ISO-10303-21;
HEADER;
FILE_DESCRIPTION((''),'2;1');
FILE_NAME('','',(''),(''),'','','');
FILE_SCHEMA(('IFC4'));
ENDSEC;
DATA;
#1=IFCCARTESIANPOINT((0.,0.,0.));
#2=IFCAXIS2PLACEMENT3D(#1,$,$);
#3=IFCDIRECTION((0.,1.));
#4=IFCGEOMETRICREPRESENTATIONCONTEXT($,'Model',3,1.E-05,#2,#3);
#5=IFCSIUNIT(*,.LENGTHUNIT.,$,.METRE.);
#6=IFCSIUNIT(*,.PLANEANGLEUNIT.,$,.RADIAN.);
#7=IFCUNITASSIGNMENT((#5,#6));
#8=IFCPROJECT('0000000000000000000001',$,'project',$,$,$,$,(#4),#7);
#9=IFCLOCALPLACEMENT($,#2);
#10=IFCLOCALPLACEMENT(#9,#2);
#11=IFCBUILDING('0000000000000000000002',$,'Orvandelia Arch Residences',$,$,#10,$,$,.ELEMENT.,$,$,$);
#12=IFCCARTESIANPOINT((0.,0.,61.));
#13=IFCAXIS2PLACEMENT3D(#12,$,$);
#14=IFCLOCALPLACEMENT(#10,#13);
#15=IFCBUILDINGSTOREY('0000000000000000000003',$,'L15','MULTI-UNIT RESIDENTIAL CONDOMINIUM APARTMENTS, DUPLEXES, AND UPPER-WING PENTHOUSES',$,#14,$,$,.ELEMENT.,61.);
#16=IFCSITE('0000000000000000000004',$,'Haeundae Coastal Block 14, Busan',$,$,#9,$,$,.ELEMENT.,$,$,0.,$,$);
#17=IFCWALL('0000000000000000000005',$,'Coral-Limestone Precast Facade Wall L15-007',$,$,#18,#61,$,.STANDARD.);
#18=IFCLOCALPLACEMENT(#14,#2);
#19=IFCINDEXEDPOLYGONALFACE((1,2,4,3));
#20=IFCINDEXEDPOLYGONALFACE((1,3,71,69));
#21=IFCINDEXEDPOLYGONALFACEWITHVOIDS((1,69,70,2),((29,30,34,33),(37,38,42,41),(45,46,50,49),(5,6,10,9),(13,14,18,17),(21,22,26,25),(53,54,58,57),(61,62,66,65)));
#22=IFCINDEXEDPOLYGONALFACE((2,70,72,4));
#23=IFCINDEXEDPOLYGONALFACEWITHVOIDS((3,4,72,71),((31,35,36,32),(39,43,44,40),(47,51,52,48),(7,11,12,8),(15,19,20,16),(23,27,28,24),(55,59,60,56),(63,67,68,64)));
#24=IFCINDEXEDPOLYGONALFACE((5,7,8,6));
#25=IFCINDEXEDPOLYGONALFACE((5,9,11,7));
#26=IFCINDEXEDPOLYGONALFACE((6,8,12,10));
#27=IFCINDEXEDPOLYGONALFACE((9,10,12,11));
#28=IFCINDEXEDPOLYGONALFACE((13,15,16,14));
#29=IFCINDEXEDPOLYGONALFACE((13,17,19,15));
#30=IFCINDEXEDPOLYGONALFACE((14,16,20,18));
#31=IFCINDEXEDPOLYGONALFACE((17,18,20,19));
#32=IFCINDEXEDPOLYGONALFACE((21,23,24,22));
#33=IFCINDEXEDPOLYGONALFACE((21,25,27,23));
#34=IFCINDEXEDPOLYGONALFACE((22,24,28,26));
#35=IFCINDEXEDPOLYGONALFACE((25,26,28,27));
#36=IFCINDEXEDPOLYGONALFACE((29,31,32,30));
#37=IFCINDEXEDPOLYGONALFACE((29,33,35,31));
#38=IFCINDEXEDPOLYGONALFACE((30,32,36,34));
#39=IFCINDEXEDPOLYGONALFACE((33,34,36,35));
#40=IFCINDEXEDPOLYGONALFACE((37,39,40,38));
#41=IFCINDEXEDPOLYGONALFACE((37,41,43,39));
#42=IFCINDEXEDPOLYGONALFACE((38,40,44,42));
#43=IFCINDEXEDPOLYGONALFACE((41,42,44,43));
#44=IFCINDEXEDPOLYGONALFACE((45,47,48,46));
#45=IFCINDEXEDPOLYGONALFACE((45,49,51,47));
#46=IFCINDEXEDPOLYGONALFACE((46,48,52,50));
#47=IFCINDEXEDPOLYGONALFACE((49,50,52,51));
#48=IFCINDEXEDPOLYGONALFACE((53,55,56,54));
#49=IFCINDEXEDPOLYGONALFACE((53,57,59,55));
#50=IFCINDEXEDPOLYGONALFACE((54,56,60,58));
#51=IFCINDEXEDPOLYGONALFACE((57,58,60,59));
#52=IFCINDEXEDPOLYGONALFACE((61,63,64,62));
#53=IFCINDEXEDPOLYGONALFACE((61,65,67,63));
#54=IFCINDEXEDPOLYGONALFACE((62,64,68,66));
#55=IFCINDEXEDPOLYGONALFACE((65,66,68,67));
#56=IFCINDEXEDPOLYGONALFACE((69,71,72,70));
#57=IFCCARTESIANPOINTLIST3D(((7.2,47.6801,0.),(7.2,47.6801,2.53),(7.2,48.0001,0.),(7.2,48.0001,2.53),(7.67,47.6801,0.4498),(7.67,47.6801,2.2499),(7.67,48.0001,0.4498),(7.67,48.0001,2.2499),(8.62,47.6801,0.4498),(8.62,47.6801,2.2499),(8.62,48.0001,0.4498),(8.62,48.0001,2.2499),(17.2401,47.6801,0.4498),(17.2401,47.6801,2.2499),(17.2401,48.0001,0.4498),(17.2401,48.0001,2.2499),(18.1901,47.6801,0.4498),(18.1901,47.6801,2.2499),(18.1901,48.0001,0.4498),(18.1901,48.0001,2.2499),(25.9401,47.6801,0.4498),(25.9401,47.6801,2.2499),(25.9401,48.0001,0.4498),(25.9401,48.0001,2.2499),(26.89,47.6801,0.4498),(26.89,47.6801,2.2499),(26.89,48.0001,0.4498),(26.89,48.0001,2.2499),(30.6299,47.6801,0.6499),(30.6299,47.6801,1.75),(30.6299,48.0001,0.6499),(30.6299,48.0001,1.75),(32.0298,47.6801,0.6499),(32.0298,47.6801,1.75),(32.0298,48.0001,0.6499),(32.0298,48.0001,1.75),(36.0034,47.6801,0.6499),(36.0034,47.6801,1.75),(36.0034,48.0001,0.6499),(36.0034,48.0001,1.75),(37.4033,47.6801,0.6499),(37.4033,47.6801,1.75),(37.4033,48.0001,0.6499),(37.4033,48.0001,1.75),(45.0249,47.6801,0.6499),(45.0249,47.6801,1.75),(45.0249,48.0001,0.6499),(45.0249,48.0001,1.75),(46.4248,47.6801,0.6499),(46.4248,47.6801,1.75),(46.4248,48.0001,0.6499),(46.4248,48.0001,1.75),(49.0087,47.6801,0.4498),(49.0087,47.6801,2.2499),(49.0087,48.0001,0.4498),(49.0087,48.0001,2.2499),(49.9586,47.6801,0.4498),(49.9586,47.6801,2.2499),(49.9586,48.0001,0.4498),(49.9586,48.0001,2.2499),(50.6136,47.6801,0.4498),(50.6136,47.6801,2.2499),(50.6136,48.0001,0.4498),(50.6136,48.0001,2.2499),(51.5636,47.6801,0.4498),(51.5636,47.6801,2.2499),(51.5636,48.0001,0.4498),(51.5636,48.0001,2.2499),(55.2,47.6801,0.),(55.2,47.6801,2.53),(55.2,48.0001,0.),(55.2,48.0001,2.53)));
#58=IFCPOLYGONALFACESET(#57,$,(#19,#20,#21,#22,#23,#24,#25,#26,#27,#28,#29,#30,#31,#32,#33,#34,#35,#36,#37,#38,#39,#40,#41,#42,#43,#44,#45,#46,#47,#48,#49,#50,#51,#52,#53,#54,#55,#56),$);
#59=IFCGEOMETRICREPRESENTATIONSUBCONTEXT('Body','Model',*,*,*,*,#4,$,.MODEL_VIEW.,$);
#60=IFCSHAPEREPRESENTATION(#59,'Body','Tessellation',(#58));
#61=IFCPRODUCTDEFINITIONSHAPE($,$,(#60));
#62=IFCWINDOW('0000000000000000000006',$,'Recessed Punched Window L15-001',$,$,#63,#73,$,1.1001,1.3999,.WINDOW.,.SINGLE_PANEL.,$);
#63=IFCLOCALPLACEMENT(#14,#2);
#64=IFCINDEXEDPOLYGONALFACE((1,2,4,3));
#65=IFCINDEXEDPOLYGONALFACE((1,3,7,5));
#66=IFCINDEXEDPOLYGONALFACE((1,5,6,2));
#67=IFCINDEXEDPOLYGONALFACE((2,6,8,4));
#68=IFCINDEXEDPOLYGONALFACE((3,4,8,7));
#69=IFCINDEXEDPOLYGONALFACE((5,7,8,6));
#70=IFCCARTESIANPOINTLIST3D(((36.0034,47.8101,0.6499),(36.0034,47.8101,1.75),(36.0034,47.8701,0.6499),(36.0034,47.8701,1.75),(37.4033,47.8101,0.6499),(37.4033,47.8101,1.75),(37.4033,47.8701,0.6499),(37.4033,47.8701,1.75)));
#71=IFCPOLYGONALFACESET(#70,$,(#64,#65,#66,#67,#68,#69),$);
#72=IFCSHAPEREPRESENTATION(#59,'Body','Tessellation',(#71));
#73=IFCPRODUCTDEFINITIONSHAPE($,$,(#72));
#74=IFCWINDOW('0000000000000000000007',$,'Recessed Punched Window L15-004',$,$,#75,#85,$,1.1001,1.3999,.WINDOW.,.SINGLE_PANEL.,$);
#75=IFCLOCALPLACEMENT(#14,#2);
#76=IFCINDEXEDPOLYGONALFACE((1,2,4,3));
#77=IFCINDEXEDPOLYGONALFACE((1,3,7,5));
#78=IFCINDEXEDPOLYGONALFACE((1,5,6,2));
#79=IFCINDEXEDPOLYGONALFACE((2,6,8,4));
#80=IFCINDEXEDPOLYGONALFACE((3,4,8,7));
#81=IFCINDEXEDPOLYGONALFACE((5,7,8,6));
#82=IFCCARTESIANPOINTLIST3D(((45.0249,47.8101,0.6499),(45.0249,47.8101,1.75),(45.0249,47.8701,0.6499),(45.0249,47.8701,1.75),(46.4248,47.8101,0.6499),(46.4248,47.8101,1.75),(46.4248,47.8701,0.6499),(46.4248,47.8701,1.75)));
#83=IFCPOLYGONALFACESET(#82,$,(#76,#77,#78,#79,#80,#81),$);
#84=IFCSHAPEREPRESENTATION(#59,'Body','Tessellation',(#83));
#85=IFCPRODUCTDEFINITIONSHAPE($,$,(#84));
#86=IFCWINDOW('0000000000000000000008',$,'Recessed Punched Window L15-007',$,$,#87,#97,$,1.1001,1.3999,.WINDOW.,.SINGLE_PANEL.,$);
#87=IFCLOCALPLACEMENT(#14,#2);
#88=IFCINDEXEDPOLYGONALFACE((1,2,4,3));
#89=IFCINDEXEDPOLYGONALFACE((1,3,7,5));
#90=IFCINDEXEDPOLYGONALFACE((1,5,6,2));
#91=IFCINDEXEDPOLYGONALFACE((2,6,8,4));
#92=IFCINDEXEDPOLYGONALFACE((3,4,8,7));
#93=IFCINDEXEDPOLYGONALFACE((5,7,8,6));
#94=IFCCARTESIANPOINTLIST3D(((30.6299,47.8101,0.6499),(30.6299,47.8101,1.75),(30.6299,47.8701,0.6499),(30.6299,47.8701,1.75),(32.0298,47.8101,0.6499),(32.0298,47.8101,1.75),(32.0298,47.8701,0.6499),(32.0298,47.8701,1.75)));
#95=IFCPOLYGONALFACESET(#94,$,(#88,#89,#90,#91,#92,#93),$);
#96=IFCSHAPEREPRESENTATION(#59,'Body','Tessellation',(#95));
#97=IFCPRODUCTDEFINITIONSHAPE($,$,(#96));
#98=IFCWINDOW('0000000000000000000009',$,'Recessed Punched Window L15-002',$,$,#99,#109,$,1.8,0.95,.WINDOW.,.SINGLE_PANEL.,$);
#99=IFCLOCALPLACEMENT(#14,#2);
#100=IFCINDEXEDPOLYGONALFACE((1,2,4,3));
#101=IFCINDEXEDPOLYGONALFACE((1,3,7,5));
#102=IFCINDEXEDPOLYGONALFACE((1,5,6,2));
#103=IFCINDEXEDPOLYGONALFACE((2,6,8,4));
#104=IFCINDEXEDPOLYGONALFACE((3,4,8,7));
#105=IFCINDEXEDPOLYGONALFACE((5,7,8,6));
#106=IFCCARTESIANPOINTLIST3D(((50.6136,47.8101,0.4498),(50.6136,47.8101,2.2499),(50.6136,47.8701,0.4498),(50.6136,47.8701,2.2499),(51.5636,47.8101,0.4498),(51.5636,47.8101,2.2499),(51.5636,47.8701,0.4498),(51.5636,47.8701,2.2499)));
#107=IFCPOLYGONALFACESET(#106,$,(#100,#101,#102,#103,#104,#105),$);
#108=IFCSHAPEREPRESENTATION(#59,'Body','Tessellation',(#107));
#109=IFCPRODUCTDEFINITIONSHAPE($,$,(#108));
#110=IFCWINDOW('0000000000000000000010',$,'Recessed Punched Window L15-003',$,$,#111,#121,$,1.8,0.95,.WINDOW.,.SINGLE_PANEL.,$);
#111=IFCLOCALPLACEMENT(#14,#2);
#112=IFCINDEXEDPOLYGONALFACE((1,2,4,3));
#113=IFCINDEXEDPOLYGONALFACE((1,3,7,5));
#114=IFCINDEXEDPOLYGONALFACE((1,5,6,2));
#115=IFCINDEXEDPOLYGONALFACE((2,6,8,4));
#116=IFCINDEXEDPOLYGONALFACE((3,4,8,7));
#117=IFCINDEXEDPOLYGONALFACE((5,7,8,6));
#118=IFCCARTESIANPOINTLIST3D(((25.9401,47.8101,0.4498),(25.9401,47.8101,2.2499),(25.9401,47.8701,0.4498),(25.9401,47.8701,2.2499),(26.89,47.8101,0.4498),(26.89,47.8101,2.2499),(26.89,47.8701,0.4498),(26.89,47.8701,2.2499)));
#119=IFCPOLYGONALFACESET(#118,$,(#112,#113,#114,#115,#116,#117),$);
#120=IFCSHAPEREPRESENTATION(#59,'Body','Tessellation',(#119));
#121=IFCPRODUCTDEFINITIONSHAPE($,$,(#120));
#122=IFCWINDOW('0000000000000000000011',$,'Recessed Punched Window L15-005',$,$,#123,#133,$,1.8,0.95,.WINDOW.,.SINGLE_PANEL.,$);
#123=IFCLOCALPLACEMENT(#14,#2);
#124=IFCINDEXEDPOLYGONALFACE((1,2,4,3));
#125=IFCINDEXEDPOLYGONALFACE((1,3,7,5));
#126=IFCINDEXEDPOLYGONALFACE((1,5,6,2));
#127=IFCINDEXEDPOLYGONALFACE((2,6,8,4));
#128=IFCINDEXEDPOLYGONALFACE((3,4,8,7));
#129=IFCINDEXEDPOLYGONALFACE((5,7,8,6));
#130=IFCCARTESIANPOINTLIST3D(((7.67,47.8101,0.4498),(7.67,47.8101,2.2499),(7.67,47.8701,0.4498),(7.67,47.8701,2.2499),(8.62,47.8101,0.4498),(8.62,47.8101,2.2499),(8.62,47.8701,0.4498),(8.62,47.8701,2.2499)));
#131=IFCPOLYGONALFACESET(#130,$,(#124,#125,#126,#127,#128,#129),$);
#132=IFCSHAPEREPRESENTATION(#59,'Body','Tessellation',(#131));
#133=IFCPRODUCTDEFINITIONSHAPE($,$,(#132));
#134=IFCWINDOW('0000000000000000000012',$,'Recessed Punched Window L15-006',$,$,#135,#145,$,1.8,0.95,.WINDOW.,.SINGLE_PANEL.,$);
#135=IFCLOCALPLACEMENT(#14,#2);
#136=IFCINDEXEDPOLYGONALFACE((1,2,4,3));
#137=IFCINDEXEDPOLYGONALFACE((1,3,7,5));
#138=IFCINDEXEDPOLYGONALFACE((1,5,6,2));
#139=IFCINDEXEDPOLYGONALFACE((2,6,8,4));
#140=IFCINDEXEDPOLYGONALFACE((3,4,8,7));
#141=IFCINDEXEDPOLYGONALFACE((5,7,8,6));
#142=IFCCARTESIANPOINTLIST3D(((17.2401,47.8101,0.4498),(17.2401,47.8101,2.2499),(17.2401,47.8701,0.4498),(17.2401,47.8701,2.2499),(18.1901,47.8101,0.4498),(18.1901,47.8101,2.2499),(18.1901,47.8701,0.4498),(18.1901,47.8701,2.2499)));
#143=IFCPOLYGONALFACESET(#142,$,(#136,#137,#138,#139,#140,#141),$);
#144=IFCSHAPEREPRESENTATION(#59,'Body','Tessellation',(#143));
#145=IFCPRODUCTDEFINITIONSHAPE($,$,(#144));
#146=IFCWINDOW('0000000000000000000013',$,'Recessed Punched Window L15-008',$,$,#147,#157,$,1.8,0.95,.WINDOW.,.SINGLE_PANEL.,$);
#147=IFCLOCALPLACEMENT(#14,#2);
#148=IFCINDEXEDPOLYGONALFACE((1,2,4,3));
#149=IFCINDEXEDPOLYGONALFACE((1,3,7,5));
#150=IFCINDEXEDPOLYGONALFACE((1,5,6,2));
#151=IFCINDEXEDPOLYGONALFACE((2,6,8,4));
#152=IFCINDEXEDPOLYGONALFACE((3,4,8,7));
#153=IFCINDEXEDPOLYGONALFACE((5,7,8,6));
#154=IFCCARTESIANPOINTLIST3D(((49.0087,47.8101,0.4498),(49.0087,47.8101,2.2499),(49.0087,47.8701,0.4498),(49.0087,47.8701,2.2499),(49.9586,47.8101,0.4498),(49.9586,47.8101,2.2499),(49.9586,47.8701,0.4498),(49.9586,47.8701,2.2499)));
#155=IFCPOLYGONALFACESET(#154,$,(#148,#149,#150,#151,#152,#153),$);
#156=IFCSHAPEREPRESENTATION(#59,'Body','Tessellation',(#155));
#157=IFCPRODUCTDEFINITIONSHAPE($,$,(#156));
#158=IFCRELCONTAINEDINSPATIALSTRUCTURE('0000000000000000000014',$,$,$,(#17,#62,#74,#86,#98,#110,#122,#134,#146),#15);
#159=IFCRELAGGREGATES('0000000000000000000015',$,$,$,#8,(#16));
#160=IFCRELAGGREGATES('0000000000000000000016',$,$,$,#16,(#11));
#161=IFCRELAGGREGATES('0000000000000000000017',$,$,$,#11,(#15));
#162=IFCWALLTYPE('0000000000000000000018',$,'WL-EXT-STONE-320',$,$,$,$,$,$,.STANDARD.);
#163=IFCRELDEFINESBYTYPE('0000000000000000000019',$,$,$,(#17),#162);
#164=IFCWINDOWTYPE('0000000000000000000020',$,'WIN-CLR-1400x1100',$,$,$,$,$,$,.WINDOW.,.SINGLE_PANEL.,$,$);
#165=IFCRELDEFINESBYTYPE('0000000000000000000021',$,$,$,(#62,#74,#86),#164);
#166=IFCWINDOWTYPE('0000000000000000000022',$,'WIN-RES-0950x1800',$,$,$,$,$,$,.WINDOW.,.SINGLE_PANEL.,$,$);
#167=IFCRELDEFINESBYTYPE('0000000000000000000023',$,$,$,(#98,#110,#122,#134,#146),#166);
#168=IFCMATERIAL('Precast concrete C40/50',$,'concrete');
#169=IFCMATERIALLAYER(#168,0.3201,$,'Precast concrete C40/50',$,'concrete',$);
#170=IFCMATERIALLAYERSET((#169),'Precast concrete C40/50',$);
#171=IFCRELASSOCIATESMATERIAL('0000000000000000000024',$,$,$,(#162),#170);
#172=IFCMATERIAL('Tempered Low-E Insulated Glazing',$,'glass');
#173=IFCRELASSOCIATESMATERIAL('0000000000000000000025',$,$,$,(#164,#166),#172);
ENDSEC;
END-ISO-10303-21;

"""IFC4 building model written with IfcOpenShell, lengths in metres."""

from ifc_helpers import new_model, si_unit, direction, frame, frame_2d, origin, place, context, subcontext, project, spatial, rectangle, extrude, material, layer, layer_set, type_object, element, fill, save


model = new_model("IFC4")

# Units and contexts
model_context = context("Model", 3, precision=1e-05, world=origin(), true_north=direction((0.0, 1.0)))
body_context = subcontext(model_context, "Body", "Model", "MODEL_VIEW")
ifc_project = project(units=[si_unit("LENGTHUNIT", "METRE"), si_unit("PLANEANGLEUNIT", "RADIAN")], contexts=[model_context])

# Site, building, storey
site_placement = place(None, origin())
site = spatial("IfcSite", under=ifc_project, at=site_placement, Name="Haeundae Coastal Block 14, Busan", CompositionType="ELEMENT", RefElevation=0.0)
building_placement = place(site_placement, origin())
building = spatial("IfcBuilding", under=site, at=building_placement, Name="Orvandelia Arch Residences", CompositionType="ELEMENT")
storey_placement = place(building_placement, frame((0.0, 0.0, 61.0)))
storey = spatial("IfcBuildingStorey", under=building, at=storey_placement, Name="L15", Description="MULTI-UNIT RESIDENTIAL CONDOMINIUM APARTMENTS, DUPLEXES, AND UPPER-WING PENTHOUSES", CompositionType="ELEMENT", Elevation=61.0)

# Shared definitions
ifc_material_1 = material(Name="Precast concrete C40/50", Category="concrete")
ifc_layer_1 = layer(ifc_material_1, 0.3201, Name="Precast concrete C40/50", Category="concrete")
ifc_layer_set_1 = layer_set([ifc_layer_1], Name="Precast concrete C40/50")
wall_type_1 = type_object("IfcWallType", Name="WL-EXT-STONE-320", PredefinedType="STANDARD", material=ifc_layer_set_1)

# Wall, openings, windows
wall_1_placement = place(storey_placement, frame((7.2, 47.8401, 0.0), z_axis=(0.0, 0.0, 1.0), x_axis=(1.0, 0.0, 0.0)))
wall_1 = element("IfcWall", 1, at=wall_1_placement, inside=storey, type_object=wall_type_1, Name="Coral-Limestone Precast Facade Wall L15-007", PredefinedType="STANDARD", context=body_context, shape_type="SweptSolid", body=[
    extrude(rectangle(XDim=48.0, YDim=0.3201, at=frame_2d((24.0, 0.0))), origin(), (0.0, 0.0, 1.0), 2.53),
])
opening_1_placement = place(wall_1_placement, frame((28.8035, 0.0, 0.6499)))
opening_1 = element("IfcOpeningElement", 2, at=opening_1_placement, cuts=wall_1, PredefinedType="OPENING", context=body_context, shape_type="SweptSolid", body=[
    extrude(rectangle(XDim=1.3999, YDim=1.1001, at=frame_2d((0.7, 0.55))), frame((0.0, 0.1699, 0.0), z_axis=(0.0, -1.0, 0.0), x_axis=(1.0, 0.0, 0.0)), (0.0, 0.0, 1.0), 0.3401),
])
opening_2_placement = place(wall_1_placement, frame((43.4136, 0.0, 0.45)))
opening_2 = element("IfcOpeningElement", 3, at=opening_2_placement, cuts=wall_1, PredefinedType="OPENING", context=body_context, shape_type="SweptSolid", body=[
    extrude(rectangle(XDim=0.95, YDim=1.8, at=frame_2d((0.4751, 0.8999))), frame((0.0, 0.1699, 0.0), z_axis=(0.0, -1.0, 0.0), x_axis=(1.0, 0.0, 0.0)), (0.0, 0.0, 1.0), 0.3401),
])
opening_3_placement = place(wall_1_placement, frame((18.74, 0.0, 0.45)))
opening_3 = element("IfcOpeningElement", 4, at=opening_3_placement, cuts=wall_1, PredefinedType="OPENING", context=body_context, shape_type="SweptSolid", body=[
    extrude(rectangle(XDim=0.95, YDim=1.8, at=frame_2d((0.4751, 0.8999))), frame((0.0, 0.1699, 0.0), z_axis=(0.0, -1.0, 0.0), x_axis=(1.0, 0.0, 0.0)), (0.0, 0.0, 1.0), 0.3401),
])
opening_4_placement = place(wall_1_placement, frame((37.825, 0.0, 0.6499)))
opening_4 = element("IfcOpeningElement", 5, at=opening_4_placement, cuts=wall_1, PredefinedType="OPENING", context=body_context, shape_type="SweptSolid", body=[
    extrude(rectangle(XDim=1.3999, YDim=1.1001, at=frame_2d((0.7, 0.55))), frame((0.0, 0.1699, 0.0), z_axis=(0.0, -1.0, 0.0), x_axis=(1.0, 0.0, 0.0)), (0.0, 0.0, 1.0), 0.3401),
])
opening_5_placement = place(wall_1_placement, frame((0.47, 0.0, 0.45)))
opening_5 = element("IfcOpeningElement", 6, at=opening_5_placement, cuts=wall_1, PredefinedType="OPENING", context=body_context, shape_type="SweptSolid", body=[
    extrude(rectangle(XDim=0.95, YDim=1.8, at=frame_2d((0.4751, 0.8999))), frame((0.0, 0.1699, 0.0), z_axis=(0.0, -1.0, 0.0), x_axis=(1.0, 0.0, 0.0)), (0.0, 0.0, 1.0), 0.3401),
])
opening_6_placement = place(wall_1_placement, frame((10.04, 0.0, 0.45)))
opening_6 = element("IfcOpeningElement", 7, at=opening_6_placement, cuts=wall_1, PredefinedType="OPENING", context=body_context, shape_type="SweptSolid", body=[
    extrude(rectangle(XDim=0.95, YDim=1.8, at=frame_2d((0.4751, 0.8999))), frame((0.0, 0.1699, 0.0), z_axis=(0.0, -1.0, 0.0), x_axis=(1.0, 0.0, 0.0)), (0.0, 0.0, 1.0), 0.3401),
])
opening_7_placement = place(wall_1_placement, frame((23.4299, 0.0, 0.6499)))
opening_7 = element("IfcOpeningElement", 8, at=opening_7_placement, cuts=wall_1, PredefinedType="OPENING", context=body_context, shape_type="SweptSolid", body=[
    extrude(rectangle(XDim=1.3999, YDim=1.1001, at=frame_2d((0.7, 0.55))), frame((0.0, 0.1699, 0.0), z_axis=(0.0, -1.0, 0.0), x_axis=(1.0, 0.0, 0.0)), (0.0, 0.0, 1.0), 0.3401),
])
opening_8_placement = place(wall_1_placement, frame((41.8086, 0.0, 0.45)))
opening_8 = element("IfcOpeningElement", 9, at=opening_8_placement, cuts=wall_1, PredefinedType="OPENING", context=body_context, shape_type="SweptSolid", body=[
    extrude(rectangle(XDim=0.95, YDim=1.8, at=frame_2d((0.4751, 0.8999))), frame((0.0, 0.1699, 0.0), z_axis=(0.0, -1.0, 0.0), x_axis=(1.0, 0.0, 0.0)), (0.0, 0.0, 1.0), 0.3401),
])
ifc_material_2 = material(Name="Tempered Low-E Insulated Glazing", Category="glass")
window_type_1 = type_object("IfcWindowType", Name="WIN-CLR-1400x1100", PartitioningType="SINGLE_PANEL", PredefinedType="WINDOW", material=ifc_material_2)
window_1_placement = place(opening_1_placement, origin())
window_1 = element("IfcWindow", 10, at=window_1_placement, inside=storey, type_object=window_type_1, Name="Recessed Punched Window L15-001", OverallHeight=1.1001, OverallWidth=1.3999, PartitioningType="SINGLE_PANEL", PredefinedType="WINDOW", context=body_context, shape_type="SweptSolid", body=[
    extrude(rectangle(XDim=1.3999, YDim=1.1001, at=frame_2d((0.7, 0.55))), frame((0.0, 0.03, 0.0), z_axis=(0.0, -1.0, 0.0), x_axis=(1.0, 0.0, 0.0)), (0.0, 0.0, 1.0), 0.0601),
])
fill(opening_1, window_1)
window_2_placement = place(opening_4_placement, origin())
window_2 = element("IfcWindow", 11, at=window_2_placement, inside=storey, type_object=window_type_1, Name="Recessed Punched Window L15-004", OverallHeight=1.1001, OverallWidth=1.3999, PartitioningType="SINGLE_PANEL", PredefinedType="WINDOW", context=body_context, shape_type="SweptSolid", body=[
    extrude(rectangle(XDim=1.3999, YDim=1.1001, at=frame_2d((0.7, 0.55))), frame((0.0, 0.03, 0.0), z_axis=(0.0, -1.0, 0.0), x_axis=(1.0, 0.0, 0.0)), (0.0, 0.0, 1.0), 0.0601),
])
fill(opening_4, window_2)
window_3_placement = place(opening_7_placement, origin())
window_3 = element("IfcWindow", 12, at=window_3_placement, inside=storey, type_object=window_type_1, Name="Recessed Punched Window L15-007", OverallHeight=1.1001, OverallWidth=1.3999, PartitioningType="SINGLE_PANEL", PredefinedType="WINDOW", context=body_context, shape_type="SweptSolid", body=[
    extrude(rectangle(XDim=1.3999, YDim=1.1001, at=frame_2d((0.7, 0.55))), frame((0.0, 0.03, 0.0), z_axis=(0.0, -1.0, 0.0), x_axis=(1.0, 0.0, 0.0)), (0.0, 0.0, 1.0), 0.0601),
])
fill(opening_7, window_3)
window_type_2 = type_object("IfcWindowType", Name="WIN-RES-0950x1800", PartitioningType="SINGLE_PANEL", PredefinedType="WINDOW", material=ifc_material_2)
window_4_placement = place(opening_2_placement, origin())
window_4 = element("IfcWindow", 13, at=window_4_placement, inside=storey, type_object=window_type_2, Name="Recessed Punched Window L15-002", OverallHeight=1.8, OverallWidth=0.95, PartitioningType="SINGLE_PANEL", PredefinedType="WINDOW", context=body_context, shape_type="SweptSolid", body=[
    extrude(rectangle(XDim=0.95, YDim=1.8, at=frame_2d((0.4751, 0.8999))), frame((0.0, 0.03, 0.0), z_axis=(0.0, -1.0, 0.0), x_axis=(1.0, 0.0, 0.0)), (0.0, 0.0, 1.0), 0.0601),
])
fill(opening_2, window_4)
window_5_placement = place(opening_3_placement, origin())
window_5 = element("IfcWindow", 14, at=window_5_placement, inside=storey, type_object=window_type_2, Name="Recessed Punched Window L15-003", OverallHeight=1.8, OverallWidth=0.95, PartitioningType="SINGLE_PANEL", PredefinedType="WINDOW", context=body_context, shape_type="SweptSolid", body=[
    extrude(rectangle(XDim=0.95, YDim=1.8, at=frame_2d((0.4751, 0.8999))), frame((0.0, 0.03, 0.0), z_axis=(0.0, -1.0, 0.0), x_axis=(1.0, 0.0, 0.0)), (0.0, 0.0, 1.0), 0.0601),
])
fill(opening_3, window_5)
window_6_placement = place(opening_5_placement, origin())
window_6 = element("IfcWindow", 15, at=window_6_placement, inside=storey, type_object=window_type_2, Name="Recessed Punched Window L15-005", OverallHeight=1.8, OverallWidth=0.95, PartitioningType="SINGLE_PANEL", PredefinedType="WINDOW", context=body_context, shape_type="SweptSolid", body=[
    extrude(rectangle(XDim=0.95, YDim=1.8, at=frame_2d((0.4751, 0.8999))), frame((0.0, 0.03, 0.0), z_axis=(0.0, -1.0, 0.0), x_axis=(1.0, 0.0, 0.0)), (0.0, 0.0, 1.0), 0.0601),
])
fill(opening_5, window_6)
window_7_placement = place(opening_6_placement, origin())
window_7 = element("IfcWindow", 16, at=window_7_placement, inside=storey, type_object=window_type_2, Name="Recessed Punched Window L15-006", OverallHeight=1.8, OverallWidth=0.95, PartitioningType="SINGLE_PANEL", PredefinedType="WINDOW", context=body_context, shape_type="SweptSolid", body=[
    extrude(rectangle(XDim=0.95, YDim=1.8, at=frame_2d((0.4751, 0.8999))), frame((0.0, 0.03, 0.0), z_axis=(0.0, -1.0, 0.0), x_axis=(1.0, 0.0, 0.0)), (0.0, 0.0, 1.0), 0.0601),
])
fill(opening_6, window_7)
window_8_placement = place(opening_8_placement, origin())
window_8 = element("IfcWindow", 17, at=window_8_placement, inside=storey, type_object=window_type_2, Name="Recessed Punched Window L15-008", OverallHeight=1.8, OverallWidth=0.95, PartitioningType="SINGLE_PANEL", PredefinedType="WINDOW", context=body_context, shape_type="SweptSolid", body=[
    extrude(rectangle(XDim=0.95, YDim=1.8, at=frame_2d((0.4751, 0.8999))), frame((0.0, 0.03, 0.0), z_axis=(0.0, -1.0, 0.0), x_axis=(1.0, 0.0, 0.0)), (0.0, 0.0, 1.0), 0.0601),
])
fill(opening_8, window_8)

save(model, "model.ifc")
